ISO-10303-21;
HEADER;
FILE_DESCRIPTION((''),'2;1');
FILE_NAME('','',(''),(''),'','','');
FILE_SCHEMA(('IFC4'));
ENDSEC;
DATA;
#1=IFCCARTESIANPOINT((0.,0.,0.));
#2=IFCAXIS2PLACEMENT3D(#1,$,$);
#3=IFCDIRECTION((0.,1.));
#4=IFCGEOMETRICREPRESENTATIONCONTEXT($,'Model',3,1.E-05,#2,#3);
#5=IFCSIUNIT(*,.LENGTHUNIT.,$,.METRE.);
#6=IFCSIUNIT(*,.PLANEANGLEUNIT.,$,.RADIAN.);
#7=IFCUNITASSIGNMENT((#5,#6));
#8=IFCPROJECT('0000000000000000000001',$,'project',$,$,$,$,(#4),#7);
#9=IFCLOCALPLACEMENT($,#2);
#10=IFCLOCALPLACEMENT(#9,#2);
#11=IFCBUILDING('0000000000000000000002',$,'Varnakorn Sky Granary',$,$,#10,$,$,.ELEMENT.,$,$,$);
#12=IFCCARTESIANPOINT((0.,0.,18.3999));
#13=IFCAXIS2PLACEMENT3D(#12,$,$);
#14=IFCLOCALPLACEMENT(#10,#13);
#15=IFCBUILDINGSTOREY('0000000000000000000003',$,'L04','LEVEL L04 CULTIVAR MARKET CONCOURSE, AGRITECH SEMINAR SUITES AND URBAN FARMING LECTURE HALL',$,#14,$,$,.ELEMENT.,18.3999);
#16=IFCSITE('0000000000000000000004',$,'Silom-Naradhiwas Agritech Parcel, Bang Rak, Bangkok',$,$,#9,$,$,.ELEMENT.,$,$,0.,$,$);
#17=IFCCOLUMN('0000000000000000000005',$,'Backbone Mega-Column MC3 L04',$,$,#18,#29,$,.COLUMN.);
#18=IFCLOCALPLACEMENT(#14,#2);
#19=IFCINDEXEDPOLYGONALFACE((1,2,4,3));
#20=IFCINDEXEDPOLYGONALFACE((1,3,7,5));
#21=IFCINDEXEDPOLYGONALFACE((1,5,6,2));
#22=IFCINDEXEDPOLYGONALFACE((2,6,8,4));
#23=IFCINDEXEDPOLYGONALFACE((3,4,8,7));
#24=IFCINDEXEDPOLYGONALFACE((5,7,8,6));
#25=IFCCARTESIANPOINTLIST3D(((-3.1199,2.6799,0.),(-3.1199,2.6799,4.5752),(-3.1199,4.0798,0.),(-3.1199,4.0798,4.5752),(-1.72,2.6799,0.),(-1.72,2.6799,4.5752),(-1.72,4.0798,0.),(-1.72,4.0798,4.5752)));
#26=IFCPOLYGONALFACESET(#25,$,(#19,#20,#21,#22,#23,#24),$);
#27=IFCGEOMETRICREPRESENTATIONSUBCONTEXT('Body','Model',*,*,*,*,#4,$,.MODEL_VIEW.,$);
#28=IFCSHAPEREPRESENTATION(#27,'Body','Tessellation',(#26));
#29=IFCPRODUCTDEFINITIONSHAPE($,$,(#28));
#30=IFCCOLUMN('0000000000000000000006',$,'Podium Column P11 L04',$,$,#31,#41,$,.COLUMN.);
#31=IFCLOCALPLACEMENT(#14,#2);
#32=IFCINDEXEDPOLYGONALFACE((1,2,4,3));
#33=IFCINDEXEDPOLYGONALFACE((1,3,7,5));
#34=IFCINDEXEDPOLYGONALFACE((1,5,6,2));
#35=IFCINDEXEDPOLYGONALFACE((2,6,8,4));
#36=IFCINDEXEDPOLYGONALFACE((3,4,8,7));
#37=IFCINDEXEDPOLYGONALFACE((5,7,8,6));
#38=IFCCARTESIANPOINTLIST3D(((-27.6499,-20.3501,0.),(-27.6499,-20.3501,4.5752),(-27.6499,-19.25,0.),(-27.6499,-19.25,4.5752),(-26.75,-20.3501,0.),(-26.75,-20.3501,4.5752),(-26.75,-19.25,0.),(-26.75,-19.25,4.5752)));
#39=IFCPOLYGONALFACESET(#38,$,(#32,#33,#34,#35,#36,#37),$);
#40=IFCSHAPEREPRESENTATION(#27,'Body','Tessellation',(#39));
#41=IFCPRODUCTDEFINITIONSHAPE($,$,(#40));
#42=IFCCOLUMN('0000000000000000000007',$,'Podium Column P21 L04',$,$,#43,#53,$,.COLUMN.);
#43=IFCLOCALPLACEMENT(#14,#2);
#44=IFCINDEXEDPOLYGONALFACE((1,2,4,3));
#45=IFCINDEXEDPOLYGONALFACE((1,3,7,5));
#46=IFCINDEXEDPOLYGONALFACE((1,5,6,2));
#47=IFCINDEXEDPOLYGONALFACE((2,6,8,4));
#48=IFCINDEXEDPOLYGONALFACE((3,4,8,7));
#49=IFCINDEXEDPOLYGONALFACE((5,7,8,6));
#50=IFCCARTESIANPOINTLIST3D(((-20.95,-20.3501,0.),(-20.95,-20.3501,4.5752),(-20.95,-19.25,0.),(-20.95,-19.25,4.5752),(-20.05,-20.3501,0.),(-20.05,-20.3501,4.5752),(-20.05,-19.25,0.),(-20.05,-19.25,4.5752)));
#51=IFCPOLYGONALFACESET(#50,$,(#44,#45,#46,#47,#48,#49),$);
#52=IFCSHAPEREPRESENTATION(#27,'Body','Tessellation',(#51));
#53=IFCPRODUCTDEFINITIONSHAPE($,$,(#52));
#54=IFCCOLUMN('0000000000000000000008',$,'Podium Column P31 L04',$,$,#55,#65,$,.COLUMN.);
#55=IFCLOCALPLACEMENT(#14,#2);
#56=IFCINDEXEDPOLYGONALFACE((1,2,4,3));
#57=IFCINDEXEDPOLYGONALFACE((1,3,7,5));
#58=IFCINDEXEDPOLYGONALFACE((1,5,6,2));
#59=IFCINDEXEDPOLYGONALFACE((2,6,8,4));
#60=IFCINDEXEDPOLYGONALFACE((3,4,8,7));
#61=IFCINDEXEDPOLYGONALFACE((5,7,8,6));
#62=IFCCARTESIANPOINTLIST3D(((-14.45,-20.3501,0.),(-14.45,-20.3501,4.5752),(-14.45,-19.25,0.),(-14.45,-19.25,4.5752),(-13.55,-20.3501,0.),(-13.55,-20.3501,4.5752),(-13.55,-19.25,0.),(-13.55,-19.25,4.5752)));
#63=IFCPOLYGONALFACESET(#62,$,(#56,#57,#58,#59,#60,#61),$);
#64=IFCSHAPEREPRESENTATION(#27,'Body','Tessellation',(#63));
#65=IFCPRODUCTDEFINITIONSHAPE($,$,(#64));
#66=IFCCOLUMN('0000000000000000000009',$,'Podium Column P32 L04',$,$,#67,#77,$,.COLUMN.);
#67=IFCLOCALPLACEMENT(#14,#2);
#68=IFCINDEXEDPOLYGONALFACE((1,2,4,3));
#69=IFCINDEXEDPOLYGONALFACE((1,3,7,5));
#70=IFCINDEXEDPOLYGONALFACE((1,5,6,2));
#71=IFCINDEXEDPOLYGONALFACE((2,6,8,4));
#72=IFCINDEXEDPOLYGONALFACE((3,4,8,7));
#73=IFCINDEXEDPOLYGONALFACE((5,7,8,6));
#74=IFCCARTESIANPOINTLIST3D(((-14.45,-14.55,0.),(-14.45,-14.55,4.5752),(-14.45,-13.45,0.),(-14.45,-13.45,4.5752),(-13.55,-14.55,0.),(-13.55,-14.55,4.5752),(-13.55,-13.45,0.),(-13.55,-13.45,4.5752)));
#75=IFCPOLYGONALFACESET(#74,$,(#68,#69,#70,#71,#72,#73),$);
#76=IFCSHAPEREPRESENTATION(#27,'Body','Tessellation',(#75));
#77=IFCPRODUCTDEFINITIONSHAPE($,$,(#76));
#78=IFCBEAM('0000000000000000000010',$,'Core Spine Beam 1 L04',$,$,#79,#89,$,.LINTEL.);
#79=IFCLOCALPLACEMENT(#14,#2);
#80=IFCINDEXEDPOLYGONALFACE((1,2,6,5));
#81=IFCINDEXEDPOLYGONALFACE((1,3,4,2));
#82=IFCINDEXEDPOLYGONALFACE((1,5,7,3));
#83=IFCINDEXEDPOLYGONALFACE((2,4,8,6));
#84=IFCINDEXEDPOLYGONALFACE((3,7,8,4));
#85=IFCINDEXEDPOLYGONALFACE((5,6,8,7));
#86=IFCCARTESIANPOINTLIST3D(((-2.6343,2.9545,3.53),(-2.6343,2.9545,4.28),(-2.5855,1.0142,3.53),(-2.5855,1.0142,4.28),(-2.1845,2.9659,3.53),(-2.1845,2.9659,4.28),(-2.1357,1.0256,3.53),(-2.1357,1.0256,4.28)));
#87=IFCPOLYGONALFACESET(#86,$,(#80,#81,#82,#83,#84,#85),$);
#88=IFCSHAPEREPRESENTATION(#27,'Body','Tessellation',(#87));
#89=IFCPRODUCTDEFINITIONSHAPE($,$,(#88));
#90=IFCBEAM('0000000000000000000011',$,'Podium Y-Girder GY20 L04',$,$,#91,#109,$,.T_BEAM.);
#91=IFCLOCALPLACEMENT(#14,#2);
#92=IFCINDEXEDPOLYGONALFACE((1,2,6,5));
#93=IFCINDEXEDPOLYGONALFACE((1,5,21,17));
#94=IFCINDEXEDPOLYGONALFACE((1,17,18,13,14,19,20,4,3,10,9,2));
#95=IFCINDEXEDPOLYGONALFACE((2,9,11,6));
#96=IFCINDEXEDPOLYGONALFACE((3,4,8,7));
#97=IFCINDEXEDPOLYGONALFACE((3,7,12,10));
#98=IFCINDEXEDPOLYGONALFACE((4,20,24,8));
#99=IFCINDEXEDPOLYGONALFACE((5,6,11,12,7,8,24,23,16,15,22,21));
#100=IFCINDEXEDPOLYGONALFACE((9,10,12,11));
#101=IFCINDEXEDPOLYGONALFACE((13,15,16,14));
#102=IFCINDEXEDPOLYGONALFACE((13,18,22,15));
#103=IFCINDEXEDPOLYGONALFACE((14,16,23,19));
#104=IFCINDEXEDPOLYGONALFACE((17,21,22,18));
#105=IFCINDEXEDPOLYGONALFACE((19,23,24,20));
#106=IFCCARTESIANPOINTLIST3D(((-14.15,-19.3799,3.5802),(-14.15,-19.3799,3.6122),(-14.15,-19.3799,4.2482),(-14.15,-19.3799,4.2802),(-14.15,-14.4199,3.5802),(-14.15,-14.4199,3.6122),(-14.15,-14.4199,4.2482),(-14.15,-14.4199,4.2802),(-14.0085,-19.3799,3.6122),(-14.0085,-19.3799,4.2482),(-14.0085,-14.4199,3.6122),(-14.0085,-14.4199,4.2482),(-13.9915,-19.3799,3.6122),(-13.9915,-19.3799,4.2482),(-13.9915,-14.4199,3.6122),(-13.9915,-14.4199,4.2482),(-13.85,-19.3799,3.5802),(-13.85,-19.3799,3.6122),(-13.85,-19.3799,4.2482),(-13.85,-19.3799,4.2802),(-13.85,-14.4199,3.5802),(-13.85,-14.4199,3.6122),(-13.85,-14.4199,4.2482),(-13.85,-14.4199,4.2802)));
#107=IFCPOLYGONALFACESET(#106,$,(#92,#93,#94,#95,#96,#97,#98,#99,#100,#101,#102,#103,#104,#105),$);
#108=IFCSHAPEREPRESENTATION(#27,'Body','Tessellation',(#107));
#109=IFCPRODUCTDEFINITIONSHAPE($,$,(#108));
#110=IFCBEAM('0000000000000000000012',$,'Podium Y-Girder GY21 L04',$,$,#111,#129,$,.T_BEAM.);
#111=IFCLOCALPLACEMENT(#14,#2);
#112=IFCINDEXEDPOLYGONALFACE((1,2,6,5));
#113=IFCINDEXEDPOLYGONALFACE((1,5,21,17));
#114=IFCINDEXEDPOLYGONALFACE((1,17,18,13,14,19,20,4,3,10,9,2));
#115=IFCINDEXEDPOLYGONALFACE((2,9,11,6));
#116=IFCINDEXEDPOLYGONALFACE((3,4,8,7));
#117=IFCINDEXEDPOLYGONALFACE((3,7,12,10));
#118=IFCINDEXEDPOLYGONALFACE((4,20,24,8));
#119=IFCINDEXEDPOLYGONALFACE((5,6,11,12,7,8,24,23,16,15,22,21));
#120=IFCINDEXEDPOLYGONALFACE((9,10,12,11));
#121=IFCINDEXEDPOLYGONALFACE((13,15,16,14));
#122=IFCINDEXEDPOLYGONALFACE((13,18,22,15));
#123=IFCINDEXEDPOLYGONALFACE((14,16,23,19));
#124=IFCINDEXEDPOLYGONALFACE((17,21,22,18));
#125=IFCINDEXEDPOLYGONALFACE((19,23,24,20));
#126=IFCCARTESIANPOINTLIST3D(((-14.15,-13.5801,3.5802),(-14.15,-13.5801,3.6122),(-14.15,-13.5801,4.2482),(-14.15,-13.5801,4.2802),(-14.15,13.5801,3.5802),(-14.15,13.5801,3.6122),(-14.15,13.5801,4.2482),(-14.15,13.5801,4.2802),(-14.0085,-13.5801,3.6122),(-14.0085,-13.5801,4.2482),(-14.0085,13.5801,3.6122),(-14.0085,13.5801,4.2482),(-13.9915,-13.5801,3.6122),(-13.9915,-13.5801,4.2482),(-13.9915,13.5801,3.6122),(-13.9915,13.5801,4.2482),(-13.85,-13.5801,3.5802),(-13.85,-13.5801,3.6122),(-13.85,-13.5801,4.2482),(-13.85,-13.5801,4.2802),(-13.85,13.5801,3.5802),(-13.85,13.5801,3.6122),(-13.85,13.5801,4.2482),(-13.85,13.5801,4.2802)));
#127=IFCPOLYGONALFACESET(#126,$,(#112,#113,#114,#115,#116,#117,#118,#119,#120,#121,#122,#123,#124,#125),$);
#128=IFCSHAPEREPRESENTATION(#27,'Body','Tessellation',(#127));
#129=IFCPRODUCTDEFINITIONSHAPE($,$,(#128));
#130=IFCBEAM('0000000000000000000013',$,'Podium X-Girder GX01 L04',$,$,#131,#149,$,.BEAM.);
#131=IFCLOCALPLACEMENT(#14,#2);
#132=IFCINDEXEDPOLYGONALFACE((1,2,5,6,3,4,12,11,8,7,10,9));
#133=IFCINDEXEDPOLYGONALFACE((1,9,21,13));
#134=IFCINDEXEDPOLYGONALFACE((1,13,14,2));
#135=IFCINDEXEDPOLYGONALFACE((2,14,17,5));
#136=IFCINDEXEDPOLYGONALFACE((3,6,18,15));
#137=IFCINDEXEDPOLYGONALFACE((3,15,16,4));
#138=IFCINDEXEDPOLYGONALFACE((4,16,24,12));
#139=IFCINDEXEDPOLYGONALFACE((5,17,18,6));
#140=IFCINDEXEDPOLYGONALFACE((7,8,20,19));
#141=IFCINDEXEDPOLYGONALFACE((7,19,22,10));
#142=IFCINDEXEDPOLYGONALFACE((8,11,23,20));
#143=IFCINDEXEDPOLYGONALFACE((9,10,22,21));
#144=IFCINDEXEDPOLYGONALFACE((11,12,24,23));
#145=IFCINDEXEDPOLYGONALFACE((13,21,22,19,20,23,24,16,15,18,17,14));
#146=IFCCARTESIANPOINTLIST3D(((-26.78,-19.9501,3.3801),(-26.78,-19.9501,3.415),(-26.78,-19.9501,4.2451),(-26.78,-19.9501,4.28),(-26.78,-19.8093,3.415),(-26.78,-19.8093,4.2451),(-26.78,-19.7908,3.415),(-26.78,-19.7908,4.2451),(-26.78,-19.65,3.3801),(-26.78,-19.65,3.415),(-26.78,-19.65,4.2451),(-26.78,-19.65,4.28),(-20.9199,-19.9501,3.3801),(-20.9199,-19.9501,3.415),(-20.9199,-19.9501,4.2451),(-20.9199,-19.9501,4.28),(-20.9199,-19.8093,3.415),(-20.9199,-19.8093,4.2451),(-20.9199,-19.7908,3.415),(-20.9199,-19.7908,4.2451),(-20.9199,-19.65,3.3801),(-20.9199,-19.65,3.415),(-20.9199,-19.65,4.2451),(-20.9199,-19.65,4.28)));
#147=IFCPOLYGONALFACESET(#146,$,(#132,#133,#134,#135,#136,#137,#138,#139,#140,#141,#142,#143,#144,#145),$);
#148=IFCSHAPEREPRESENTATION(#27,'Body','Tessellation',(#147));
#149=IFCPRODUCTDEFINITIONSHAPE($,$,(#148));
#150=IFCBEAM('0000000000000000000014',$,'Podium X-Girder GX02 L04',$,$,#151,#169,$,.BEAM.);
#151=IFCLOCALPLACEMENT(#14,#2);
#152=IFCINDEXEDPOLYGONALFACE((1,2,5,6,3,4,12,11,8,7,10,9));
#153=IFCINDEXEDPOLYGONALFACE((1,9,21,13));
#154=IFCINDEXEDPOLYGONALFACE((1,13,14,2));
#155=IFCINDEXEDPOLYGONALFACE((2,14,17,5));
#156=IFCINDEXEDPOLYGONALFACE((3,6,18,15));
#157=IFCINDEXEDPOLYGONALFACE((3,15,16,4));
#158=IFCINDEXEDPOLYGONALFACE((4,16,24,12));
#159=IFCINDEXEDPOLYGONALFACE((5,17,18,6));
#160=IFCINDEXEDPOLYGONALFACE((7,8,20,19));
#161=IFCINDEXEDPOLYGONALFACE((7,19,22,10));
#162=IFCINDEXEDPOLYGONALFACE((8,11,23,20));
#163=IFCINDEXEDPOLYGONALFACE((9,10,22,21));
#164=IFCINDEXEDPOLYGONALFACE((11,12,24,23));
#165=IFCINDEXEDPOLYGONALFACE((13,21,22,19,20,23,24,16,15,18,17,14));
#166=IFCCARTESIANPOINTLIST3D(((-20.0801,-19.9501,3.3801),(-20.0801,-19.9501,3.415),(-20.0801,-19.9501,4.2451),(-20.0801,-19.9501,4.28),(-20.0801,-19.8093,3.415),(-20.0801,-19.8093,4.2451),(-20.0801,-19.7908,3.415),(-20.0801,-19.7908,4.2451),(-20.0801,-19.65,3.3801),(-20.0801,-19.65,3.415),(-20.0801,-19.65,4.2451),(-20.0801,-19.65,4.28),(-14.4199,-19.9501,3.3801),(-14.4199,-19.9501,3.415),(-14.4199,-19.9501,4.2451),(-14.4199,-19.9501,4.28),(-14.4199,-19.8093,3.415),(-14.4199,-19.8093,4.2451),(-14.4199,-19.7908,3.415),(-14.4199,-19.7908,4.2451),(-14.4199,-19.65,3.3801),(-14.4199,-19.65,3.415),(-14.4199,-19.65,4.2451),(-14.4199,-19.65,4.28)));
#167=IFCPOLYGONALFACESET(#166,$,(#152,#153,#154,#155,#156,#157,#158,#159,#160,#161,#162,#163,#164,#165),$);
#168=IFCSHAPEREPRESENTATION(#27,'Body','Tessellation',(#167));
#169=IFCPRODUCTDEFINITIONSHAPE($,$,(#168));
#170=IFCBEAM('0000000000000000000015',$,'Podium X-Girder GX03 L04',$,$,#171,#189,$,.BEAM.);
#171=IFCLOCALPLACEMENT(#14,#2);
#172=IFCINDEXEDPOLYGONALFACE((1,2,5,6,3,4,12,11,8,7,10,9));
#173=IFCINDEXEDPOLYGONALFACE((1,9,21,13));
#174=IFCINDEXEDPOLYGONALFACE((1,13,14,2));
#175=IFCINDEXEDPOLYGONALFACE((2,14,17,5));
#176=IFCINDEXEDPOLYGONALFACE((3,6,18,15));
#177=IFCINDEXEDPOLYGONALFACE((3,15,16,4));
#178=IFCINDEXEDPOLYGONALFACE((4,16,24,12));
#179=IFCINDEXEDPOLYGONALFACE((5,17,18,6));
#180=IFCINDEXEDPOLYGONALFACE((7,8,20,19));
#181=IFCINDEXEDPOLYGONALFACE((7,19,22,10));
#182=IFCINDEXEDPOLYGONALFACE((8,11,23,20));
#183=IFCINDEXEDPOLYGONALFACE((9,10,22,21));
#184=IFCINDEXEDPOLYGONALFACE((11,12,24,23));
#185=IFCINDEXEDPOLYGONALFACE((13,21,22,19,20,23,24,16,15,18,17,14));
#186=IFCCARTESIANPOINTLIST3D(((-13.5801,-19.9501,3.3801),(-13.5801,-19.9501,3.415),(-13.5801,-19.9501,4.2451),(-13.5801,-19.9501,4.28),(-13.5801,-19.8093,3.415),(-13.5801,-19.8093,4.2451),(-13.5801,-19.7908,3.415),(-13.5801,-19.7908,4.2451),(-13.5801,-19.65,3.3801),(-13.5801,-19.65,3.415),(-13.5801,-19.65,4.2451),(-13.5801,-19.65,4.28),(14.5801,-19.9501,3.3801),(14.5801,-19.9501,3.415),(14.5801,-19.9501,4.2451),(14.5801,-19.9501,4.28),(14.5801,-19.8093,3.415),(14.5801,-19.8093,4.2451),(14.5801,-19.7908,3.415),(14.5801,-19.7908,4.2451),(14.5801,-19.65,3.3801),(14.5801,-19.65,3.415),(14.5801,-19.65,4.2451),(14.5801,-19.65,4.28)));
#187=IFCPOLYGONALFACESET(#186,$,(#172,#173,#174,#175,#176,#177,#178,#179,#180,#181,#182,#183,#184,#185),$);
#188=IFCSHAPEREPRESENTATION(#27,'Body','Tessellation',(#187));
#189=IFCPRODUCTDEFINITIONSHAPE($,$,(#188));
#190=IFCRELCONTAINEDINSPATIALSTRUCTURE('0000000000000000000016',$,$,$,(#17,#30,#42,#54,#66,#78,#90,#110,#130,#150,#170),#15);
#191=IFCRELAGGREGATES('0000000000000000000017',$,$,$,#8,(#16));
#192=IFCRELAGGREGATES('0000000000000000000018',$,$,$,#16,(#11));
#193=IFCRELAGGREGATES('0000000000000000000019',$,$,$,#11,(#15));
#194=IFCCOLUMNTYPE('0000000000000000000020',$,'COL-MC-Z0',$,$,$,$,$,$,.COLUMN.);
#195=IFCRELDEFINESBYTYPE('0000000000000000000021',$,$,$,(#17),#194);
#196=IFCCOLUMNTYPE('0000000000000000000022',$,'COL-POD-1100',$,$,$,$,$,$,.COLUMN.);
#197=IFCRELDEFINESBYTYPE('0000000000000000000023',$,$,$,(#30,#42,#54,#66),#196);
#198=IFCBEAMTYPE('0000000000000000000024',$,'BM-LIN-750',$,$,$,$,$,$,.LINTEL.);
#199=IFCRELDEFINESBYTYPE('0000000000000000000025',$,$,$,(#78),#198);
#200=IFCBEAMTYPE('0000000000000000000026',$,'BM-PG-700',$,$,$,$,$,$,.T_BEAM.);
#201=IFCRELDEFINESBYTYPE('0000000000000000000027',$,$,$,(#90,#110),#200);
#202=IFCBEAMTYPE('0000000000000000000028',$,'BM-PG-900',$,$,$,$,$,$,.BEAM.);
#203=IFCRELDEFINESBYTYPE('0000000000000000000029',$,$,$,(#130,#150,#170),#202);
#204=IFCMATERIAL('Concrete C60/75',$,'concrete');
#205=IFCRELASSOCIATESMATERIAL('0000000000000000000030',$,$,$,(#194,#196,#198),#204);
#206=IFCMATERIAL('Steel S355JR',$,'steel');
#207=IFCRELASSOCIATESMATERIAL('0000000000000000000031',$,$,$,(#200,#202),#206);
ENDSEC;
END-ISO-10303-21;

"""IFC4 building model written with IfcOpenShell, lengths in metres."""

from ifc_helpers import new_model, si_unit, direction, frame, origin, origin_2d, place, context, subcontext, project, spatial, rectangle, i_section, extrude, material, material_profile, profile_set, type_object, element, save


model = new_model("IFC4")

# Units and contexts
model_context = context("Model", 3, precision=1e-05, world=origin(), true_north=direction((0.0, 1.0)))
body_context = subcontext(model_context, "Body", "Model", "MODEL_VIEW")
ifc_project = project(units=[si_unit("LENGTHUNIT", "METRE"), si_unit("PLANEANGLEUNIT", "RADIAN")], contexts=[model_context])

# Site, building, storey
site_placement = place(None, origin())
site = spatial("IfcSite", under=ifc_project, at=site_placement, Name="Silom-Naradhiwas Agritech Parcel, Bang Rak, Bangkok", CompositionType="ELEMENT", RefElevation=0.0)
building_placement = place(site_placement, origin())
building = spatial("IfcBuilding", under=site, at=building_placement, Name="Varnakorn Sky Granary", CompositionType="ELEMENT")
storey_placement = place(building_placement, frame((0.0, 0.0, 18.3999)))
storey = spatial("IfcBuildingStorey", under=building, at=storey_placement, Name="L04", Description="LEVEL L04 CULTIVAR MARKET CONCOURSE, AGRITECH SEMINAR SUITES AND URBAN FARMING LECTURE HALL", CompositionType="ELEMENT", Elevation=18.3999)

# Columns
ifc_material_1 = material(Name="Concrete C60/75", Category="concrete")
ifc_material_profile_1 = material_profile(ifc_material_1, rectangle(XDim=1.3999, YDim=1.3999, at=origin_2d()), Name="RC 1400x1400")
ifc_profile_set_1 = profile_set([ifc_material_profile_1], Name="Concrete C60/75")
column_type_1 = type_object("IfcColumnType", Name="COL-MC-Z0", PredefinedType="COLUMN", material=ifc_profile_set_1)
column_placement = place(storey_placement, frame((-2.4199, 3.3799, 0.0), z_axis=(0.0, 0.0, 1.0), x_axis=(1.0, 0.0, 0.0)))
element("IfcColumn", 1, at=column_placement, inside=storey, type_object=column_type_1, Name="Backbone Mega-Column MC3 L04", PredefinedType="COLUMN", context=body_context, shape_type="SweptSolid", body=[
    extrude(rectangle(XDim=1.3999, YDim=1.3999, at=origin_2d()), origin(), (0.0, 0.0, 1.0), 4.5752),
])
ifc_material_profile_2 = material_profile(ifc_material_1, rectangle(XDim=0.8999, YDim=1.1001, at=origin_2d()), Name="RC 900x1100")
ifc_profile_set_2 = profile_set([ifc_material_profile_2], Name="Concrete C60/75")
column_type_2 = type_object("IfcColumnType", Name="COL-POD-1100", PredefinedType="COLUMN", material=ifc_profile_set_2)
for number, where, z_axis, x_axis, name in (
    (2, (-27.2, -19.8, 0.0), (0.0, 0.0, 1.0), (1.0, 0.0, 0.0), "Podium Column P11 L04"),
    (3, (-20.5, -19.8, 0.0), (0.0, 0.0, 1.0), (1.0, 0.0, 0.0), "Podium Column P21 L04"),
    (4, (-14.0, -19.8, 0.0), (0.0, 0.0, 1.0), (1.0, 0.0, 0.0), "Podium Column P31 L04"),
    (5, (-14.0, -14.0, 0.0), (0.0, 0.0, 1.0), (1.0, 0.0, 0.0), "Podium Column P32 L04"),
):
    element("IfcColumn", number, at=place(storey_placement, frame(where, z_axis=z_axis, x_axis=x_axis)), inside=storey, type_object=column_type_2, Name=name, PredefinedType="COLUMN", context=body_context, shape_type="SweptSolid", body=[
        extrude(rectangle(XDim=0.8999, YDim=1.1001, at=origin_2d()), origin(), (0.0, 0.0, 1.0), 4.5752),
    ])

# Beams
ifc_material_profile_3 = material_profile(ifc_material_1, rectangle(XDim=0.45, YDim=0.75, at=origin_2d()), Name="RC 450x750")
ifc_profile_set_3 = profile_set([ifc_material_profile_3], Name="Concrete C60/75")
beam_type_1 = type_object("IfcBeamType", Name="BM-LIN-750", PredefinedType="LINTEL", material=ifc_profile_set_3)
beam_1_placement = place(storey_placement, frame((-2.4094, 2.9602, 3.905), z_axis=(0.025159, -0.999683, 0.0), x_axis=(0.999683, 0.025159, 0.0)))
element("IfcBeam", 6, at=beam_1_placement, inside=storey, type_object=beam_type_1, Name="Core Spine Beam 1 L04", PredefinedType="LINTEL", context=body_context, shape_type="SweptSolid", body=[
    extrude(rectangle(XDim=0.45, YDim=0.75, at=origin_2d()), origin(), (0.0, 0.0, 1.0), 1.9409),
])
ifc_material_2 = material(Name="Steel S355JR", Category="steel")
ifc_material_profile_4 = material_profile(ifc_material_2, i_section(OverallWidth=0.3, OverallDepth=0.7, WebThickness=0.0171, FlangeThickness=0.032, at=origin_2d()), Name="HE 700 B")
ifc_profile_set_4 = profile_set([ifc_material_profile_4], Name="Steel S355JR")
beam_type_2 = type_object("IfcBeamType", Name="BM-PG-700", PredefinedType="T_BEAM", material=ifc_profile_set_4)
beam_2_placement = place(storey_placement, frame((-14.0, -19.3799, 3.9302), z_axis=(0.0, 1.0, 0.0), x_axis=(-1.0, 0.0, 0.0)))
element("IfcBeam", 7, at=beam_2_placement, inside=storey, type_object=beam_type_2, Name="Podium Y-Girder GY20 L04", PredefinedType="T_BEAM", context=body_context, shape_type="SweptSolid", body=[
    extrude(i_section(OverallWidth=0.3, OverallDepth=0.7, WebThickness=0.0171, FlangeThickness=0.032, at=origin_2d()), origin(), (0.0, 0.0, 1.0), 4.96),
])
beam_3_placement = place(storey_placement, frame((-14.0, -13.5801, 3.9302), z_axis=(0.0, 1.0, 0.0), x_axis=(-1.0, 0.0, 0.0)))
element("IfcBeam", 8, at=beam_3_placement, inside=storey, type_object=beam_type_2, Name="Podium Y-Girder GY21 L04", PredefinedType="T_BEAM", context=body_context, shape_type="SweptSolid", body=[
    extrude(i_section(OverallWidth=0.3, OverallDepth=0.7, WebThickness=0.0171, FlangeThickness=0.032, at=origin_2d()), origin(), (0.0, 0.0, 1.0), 27.1602),
])
ifc_material_profile_5 = material_profile(ifc_material_2, i_section(OverallWidth=0.3, OverallDepth=0.8999, WebThickness=0.0186, FlangeThickness=0.0349, at=origin_2d()), Name="HE 900 B")
ifc_profile_set_5 = profile_set([ifc_material_profile_5], Name="Steel S355JR")
beam_type_3 = type_object("IfcBeamType", Name="BM-PG-900", PredefinedType="BEAM", material=ifc_profile_set_5)
beam_4_placement = place(storey_placement, frame((-26.78, -19.8, 3.8301), z_axis=(1.0, 0.0, 0.0), x_axis=(0.0, 1.0, 0.0)))
element("IfcBeam", 9, at=beam_4_placement, inside=storey, type_object=beam_type_3, Name="Podium X-Girder GX01 L04", PredefinedType="BEAM", context=body_context, shape_type="SweptSolid", body=[
    extrude(i_section(OverallWidth=0.3, OverallDepth=0.8999, WebThickness=0.0186, FlangeThickness=0.0349, at=origin_2d()), origin(), (0.0, 0.0, 1.0), 5.8601),
])
beam_5_placement = place(storey_placement, frame((-20.0801, -19.8, 3.8301), z_axis=(1.0, 0.0, 0.0), x_axis=(0.0, 1.0, 0.0)))
element("IfcBeam", 10, at=beam_5_placement, inside=storey, type_object=beam_type_3, Name="Podium X-Girder GX02 L04", PredefinedType="BEAM", context=body_context, shape_type="SweptSolid", body=[
    extrude(i_section(OverallWidth=0.3, OverallDepth=0.8999, WebThickness=0.0186, FlangeThickness=0.0349, at=origin_2d()), origin(), (0.0, 0.0, 1.0), 5.6602),
])
for number, where, z_axis, x_axis, name in (
    (11, (-13.5801, -19.8, 3.8301), (1.0, 0.0, 0.0), (0.0, 1.0, 0.0), "Podium X-Girder GX03 L04"),
):
    element("IfcBeam", number, at=place(storey_placement, frame(where, z_axis=z_axis, x_axis=x_axis)), inside=storey, type_object=beam_type_3, Name=name, PredefinedType="BEAM", context=body_context, shape_type="SweptSolid", body=[
        extrude(i_section(OverallWidth=0.3, OverallDepth=0.8999, WebThickness=0.0186, FlangeThickness=0.0349, at=origin_2d()), origin(), (0.0, 0.0, 1.0), 28.1602),
    ])

save(model, "model.ifc")
